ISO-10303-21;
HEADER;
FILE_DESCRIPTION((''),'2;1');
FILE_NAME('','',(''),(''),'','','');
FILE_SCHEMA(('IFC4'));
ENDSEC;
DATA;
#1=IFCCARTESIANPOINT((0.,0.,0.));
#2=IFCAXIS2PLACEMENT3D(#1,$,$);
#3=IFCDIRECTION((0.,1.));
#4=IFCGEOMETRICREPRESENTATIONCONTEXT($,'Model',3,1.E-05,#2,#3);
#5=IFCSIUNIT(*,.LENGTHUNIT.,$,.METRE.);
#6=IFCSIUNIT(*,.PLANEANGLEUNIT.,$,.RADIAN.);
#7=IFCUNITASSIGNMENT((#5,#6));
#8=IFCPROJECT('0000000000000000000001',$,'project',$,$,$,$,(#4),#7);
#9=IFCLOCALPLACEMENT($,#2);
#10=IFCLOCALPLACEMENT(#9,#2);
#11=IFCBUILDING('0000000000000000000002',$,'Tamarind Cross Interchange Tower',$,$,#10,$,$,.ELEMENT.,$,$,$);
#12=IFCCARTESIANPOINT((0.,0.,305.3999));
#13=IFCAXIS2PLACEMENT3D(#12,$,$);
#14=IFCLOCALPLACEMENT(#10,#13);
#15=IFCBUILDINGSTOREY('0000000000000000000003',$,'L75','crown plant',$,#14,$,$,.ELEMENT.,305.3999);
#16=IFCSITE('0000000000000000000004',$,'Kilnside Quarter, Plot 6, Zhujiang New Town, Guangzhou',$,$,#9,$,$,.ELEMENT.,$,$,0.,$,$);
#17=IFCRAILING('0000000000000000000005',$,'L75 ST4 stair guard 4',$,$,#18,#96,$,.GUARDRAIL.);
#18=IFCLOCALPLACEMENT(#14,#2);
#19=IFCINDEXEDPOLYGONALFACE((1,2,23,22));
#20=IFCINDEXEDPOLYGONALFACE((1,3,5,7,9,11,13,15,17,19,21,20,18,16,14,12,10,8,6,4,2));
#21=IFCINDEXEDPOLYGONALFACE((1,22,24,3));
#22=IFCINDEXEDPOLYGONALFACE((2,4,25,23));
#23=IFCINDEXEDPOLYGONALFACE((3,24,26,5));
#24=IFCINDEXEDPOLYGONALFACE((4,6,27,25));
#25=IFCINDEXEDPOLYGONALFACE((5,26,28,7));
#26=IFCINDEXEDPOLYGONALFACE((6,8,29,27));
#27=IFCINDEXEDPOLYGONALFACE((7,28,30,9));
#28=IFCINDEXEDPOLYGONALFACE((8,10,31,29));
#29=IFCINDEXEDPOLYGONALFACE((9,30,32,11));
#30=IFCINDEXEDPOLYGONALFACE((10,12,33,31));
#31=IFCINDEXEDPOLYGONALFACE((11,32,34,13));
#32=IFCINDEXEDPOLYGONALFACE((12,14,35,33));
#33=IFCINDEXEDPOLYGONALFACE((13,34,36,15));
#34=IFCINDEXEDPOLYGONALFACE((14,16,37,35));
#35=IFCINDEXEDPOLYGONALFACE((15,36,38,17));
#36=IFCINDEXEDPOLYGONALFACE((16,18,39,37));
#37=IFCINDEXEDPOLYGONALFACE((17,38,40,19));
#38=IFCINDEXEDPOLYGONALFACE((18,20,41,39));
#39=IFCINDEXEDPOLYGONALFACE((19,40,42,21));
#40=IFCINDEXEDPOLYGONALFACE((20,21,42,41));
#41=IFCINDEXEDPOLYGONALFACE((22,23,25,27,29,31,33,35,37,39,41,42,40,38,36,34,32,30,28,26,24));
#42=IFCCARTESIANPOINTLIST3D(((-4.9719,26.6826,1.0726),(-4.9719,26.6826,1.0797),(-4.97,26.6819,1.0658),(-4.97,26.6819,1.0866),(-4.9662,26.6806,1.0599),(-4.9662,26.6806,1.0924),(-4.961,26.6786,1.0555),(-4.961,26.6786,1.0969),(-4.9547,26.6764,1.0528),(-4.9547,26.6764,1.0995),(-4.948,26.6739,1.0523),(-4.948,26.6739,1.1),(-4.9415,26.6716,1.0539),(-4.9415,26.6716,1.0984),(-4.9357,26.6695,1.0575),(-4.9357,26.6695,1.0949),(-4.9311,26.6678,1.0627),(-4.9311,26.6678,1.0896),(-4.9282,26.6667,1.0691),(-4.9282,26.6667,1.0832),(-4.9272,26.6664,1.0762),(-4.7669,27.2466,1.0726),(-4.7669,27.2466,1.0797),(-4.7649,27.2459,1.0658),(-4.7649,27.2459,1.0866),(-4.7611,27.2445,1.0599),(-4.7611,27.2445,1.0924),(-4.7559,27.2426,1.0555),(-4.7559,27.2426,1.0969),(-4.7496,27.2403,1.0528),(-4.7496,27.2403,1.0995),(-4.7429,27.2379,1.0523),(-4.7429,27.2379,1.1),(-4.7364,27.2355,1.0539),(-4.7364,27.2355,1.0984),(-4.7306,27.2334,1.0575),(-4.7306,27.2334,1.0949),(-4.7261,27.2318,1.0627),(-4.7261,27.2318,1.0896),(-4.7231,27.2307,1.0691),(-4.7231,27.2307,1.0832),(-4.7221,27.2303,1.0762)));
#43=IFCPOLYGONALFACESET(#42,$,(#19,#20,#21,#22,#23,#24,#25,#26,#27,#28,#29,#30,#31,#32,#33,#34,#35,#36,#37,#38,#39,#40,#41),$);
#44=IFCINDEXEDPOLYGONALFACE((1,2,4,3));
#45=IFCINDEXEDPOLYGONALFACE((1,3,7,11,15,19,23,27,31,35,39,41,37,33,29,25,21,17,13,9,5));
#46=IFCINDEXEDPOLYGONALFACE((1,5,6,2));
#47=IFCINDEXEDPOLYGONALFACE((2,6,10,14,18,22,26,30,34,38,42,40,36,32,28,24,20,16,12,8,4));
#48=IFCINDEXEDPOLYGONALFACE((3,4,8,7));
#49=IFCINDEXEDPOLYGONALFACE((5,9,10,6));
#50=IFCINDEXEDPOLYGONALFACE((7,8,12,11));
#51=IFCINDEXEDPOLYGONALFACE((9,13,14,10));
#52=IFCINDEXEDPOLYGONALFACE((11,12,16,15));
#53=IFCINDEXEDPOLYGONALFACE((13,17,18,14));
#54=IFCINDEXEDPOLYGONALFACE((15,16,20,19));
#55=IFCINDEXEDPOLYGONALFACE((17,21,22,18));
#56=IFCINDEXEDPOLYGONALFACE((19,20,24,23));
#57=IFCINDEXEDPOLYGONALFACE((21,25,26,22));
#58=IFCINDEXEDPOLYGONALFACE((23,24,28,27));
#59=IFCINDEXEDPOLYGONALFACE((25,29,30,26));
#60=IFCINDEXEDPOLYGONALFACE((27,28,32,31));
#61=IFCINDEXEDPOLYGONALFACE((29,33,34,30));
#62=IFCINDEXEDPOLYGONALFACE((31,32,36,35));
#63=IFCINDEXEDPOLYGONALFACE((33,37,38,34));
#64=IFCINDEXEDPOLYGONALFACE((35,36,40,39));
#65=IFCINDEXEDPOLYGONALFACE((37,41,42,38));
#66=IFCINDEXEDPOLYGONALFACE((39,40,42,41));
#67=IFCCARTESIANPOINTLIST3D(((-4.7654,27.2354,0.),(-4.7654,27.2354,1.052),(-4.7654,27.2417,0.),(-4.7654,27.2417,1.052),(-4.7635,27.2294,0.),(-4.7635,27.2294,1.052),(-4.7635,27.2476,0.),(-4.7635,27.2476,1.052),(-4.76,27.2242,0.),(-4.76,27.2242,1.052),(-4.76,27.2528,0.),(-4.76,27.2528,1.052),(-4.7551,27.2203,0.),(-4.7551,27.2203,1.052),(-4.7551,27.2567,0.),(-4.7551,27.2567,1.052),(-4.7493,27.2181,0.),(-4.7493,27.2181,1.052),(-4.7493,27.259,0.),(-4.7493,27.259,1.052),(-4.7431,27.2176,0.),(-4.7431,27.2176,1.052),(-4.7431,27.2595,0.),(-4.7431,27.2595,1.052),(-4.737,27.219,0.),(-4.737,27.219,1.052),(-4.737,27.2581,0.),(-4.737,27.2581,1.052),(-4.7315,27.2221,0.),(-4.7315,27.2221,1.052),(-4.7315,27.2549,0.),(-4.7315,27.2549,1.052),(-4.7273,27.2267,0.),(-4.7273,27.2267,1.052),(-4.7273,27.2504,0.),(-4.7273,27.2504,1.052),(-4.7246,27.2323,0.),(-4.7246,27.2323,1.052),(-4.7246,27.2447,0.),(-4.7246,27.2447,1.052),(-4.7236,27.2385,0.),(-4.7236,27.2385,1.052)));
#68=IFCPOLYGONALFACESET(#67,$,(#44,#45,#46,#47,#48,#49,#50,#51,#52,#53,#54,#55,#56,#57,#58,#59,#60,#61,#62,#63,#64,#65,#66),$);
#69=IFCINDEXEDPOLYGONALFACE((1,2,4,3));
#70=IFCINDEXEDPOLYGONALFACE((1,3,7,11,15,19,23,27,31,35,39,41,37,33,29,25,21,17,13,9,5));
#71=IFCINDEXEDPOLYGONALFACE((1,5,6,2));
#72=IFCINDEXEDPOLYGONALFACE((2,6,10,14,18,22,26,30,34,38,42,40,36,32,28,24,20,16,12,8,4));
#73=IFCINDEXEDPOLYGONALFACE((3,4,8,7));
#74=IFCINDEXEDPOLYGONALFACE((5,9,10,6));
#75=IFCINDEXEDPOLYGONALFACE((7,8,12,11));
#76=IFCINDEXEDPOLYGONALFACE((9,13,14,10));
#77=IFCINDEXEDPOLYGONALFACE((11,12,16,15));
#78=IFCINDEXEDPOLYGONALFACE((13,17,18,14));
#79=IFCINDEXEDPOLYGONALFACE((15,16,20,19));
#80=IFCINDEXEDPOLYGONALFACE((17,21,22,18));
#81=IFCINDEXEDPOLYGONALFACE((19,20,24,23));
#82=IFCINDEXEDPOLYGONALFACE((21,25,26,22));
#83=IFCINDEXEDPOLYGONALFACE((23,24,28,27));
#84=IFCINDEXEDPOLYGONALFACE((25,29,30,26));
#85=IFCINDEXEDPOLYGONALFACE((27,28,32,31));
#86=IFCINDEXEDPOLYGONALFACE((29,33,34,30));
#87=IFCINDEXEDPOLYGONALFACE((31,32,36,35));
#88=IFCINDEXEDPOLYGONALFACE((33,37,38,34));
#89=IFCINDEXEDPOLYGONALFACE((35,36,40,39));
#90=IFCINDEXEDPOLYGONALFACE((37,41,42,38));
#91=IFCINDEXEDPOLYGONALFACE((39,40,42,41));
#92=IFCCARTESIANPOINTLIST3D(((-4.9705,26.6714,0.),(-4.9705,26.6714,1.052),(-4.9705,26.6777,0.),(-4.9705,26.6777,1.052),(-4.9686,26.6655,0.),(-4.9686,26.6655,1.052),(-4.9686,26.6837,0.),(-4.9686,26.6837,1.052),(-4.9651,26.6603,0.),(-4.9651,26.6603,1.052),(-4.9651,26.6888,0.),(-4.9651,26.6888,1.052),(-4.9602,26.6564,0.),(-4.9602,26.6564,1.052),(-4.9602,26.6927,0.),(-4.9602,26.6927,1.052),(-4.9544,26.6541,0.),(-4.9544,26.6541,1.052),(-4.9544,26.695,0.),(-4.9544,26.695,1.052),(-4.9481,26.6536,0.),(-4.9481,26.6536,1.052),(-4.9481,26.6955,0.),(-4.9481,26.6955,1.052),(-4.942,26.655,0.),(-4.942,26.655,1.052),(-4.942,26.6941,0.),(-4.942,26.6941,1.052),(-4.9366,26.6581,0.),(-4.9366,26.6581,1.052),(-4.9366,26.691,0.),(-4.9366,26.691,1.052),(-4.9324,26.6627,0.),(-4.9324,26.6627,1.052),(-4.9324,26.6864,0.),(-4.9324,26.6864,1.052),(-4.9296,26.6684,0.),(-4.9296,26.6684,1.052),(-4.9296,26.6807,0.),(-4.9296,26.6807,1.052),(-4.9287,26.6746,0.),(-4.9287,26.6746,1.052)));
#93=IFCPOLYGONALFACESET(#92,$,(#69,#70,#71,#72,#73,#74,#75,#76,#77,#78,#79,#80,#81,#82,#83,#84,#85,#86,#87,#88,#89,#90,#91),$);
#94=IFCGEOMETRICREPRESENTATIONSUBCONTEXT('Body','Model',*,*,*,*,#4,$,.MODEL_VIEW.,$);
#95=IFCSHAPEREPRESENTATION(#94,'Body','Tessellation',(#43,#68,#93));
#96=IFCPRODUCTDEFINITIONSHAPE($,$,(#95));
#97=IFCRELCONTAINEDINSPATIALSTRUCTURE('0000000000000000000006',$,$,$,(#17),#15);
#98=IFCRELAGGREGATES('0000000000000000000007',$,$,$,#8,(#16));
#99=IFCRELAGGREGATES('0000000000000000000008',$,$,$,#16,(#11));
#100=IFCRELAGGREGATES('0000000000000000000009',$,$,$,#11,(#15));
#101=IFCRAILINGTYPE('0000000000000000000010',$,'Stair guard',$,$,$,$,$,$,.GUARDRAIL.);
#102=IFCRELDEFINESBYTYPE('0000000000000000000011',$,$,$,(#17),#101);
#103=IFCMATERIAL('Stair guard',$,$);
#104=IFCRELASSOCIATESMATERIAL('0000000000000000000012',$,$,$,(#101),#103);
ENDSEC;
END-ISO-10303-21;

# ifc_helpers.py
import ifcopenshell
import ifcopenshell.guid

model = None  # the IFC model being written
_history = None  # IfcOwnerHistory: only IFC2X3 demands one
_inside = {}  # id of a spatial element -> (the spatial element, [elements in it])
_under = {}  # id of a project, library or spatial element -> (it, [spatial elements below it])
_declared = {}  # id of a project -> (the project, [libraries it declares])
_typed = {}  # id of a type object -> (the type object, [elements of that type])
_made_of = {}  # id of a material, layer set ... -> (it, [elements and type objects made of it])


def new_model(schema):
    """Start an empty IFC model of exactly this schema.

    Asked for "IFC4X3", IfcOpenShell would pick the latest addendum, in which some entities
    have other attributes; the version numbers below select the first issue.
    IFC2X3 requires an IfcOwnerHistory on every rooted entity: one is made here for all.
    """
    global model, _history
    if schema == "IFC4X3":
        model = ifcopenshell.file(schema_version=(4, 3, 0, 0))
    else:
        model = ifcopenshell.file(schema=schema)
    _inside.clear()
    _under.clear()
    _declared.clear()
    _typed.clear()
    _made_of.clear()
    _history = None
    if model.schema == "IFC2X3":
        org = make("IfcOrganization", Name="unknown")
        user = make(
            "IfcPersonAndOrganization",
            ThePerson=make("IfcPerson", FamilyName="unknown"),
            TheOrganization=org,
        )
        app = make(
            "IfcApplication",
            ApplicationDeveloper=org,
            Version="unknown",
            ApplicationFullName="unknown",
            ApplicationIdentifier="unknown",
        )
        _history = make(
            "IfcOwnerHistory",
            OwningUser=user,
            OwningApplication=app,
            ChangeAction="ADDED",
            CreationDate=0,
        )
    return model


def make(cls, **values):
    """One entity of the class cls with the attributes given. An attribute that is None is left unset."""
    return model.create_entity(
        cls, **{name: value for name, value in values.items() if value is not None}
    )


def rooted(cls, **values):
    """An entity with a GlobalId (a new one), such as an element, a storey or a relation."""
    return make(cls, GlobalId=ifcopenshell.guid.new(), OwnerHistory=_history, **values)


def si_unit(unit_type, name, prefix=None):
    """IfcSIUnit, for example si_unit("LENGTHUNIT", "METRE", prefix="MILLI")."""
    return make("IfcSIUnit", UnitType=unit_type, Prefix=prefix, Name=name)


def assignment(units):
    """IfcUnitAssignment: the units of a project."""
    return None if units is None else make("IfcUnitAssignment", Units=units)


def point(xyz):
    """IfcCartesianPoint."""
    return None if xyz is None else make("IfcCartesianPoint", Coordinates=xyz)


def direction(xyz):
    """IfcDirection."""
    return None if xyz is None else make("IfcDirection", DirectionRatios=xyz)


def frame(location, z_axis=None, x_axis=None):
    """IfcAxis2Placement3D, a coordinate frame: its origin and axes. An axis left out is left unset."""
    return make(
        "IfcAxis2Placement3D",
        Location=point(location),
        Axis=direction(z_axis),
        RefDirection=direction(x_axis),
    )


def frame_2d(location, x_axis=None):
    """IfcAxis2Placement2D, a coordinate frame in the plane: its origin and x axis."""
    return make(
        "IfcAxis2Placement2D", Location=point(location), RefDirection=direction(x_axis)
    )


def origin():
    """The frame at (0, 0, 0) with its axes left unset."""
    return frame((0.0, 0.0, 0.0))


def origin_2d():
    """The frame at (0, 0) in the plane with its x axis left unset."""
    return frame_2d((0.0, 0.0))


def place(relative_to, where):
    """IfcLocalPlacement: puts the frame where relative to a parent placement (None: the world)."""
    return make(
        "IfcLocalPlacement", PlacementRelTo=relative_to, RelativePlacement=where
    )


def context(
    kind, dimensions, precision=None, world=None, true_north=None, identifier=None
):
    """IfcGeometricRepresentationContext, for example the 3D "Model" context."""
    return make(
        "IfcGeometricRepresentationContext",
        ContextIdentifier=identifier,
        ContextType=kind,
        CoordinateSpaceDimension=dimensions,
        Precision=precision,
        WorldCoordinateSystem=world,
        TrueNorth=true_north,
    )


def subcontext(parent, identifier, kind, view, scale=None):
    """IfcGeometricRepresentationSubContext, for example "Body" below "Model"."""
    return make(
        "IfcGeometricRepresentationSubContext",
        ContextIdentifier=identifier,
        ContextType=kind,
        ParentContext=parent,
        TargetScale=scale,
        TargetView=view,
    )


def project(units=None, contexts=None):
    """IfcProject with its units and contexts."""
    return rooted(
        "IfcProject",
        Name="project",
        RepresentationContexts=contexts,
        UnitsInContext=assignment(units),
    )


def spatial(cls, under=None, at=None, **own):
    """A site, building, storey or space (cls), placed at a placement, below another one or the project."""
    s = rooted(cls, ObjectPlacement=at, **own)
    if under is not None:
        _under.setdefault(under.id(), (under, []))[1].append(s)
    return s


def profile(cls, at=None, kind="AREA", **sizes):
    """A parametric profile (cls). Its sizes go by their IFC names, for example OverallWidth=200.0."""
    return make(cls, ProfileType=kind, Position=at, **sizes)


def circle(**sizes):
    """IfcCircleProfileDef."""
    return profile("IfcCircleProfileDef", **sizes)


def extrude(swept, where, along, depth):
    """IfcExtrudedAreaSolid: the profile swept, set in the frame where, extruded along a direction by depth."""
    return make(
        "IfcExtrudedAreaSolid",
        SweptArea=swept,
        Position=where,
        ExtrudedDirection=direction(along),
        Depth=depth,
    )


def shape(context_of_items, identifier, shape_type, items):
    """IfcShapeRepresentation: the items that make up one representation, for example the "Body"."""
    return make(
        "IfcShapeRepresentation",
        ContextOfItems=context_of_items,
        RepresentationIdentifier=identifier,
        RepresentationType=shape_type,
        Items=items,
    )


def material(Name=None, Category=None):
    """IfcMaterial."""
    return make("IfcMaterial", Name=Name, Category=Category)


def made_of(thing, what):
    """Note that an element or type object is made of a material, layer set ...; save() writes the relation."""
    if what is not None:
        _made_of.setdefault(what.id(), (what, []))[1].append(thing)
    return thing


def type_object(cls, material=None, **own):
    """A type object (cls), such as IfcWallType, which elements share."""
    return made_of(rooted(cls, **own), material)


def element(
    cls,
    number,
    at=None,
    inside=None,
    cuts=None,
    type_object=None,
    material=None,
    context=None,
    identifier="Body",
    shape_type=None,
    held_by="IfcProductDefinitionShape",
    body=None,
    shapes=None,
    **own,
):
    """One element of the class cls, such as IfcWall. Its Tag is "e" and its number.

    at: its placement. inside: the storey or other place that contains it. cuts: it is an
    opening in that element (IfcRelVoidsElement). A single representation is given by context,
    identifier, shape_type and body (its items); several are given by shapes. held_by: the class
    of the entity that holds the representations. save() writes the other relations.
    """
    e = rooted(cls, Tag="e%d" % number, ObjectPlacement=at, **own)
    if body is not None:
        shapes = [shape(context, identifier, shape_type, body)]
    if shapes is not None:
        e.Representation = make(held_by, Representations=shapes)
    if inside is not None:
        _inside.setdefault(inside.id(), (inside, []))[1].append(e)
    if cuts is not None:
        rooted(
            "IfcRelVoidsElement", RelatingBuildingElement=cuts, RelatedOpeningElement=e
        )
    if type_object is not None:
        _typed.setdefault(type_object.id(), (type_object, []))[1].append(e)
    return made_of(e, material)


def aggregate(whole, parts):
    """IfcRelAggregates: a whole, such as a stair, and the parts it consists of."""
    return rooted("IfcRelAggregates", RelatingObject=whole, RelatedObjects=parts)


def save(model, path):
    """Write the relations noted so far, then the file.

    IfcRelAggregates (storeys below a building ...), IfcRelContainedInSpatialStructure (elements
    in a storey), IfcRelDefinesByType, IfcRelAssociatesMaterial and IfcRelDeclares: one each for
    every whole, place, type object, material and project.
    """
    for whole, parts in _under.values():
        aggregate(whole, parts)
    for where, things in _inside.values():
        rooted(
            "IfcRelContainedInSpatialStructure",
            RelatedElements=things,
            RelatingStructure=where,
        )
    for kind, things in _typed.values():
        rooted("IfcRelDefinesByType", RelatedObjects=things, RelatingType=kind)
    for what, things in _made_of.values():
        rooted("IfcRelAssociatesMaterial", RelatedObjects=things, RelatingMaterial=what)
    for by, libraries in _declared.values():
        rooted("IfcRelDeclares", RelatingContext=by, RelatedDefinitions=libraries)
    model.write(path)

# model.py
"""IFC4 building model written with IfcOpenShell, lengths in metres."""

from ifc_helpers import new_model, si_unit, direction, frame, origin, origin_2d, place, context, subcontext, project, spatial, circle, extrude, material, type_object, element, save


model = new_model("IFC4")

# Units and contexts
model_context = context("Model", 3, precision=1e-05, world=origin(), true_north=direction((0.0, 1.0)))
body_context = subcontext(model_context, "Body", "Model", "MODEL_VIEW")
ifc_project = project(units=[si_unit("LENGTHUNIT", "METRE"), si_unit("PLANEANGLEUNIT", "RADIAN")], contexts=[model_context])

# Site, building, storey
site_placement = place(None, origin())
site = spatial("IfcSite", under=ifc_project, at=site_placement, Name="Kilnside Quarter, Plot 6, Zhujiang New Town, Guangzhou", CompositionType="ELEMENT", RefElevation=0.0)
building_placement = place(site_placement, origin())
building = spatial("IfcBuilding", under=site, at=building_placement, Name="Tamarind Cross Interchange Tower", CompositionType="ELEMENT")
storey_placement = place(building_placement, frame((0.0, 0.0, 305.3999)))
storey = spatial("IfcBuildingStorey", under=building, at=storey_placement, Name="L75", Description="crown plant", CompositionType="ELEMENT", Elevation=305.3999)

# Railing
ifc_material_1 = material(Name="Stair guard")
railing_type_1 = type_object("IfcRailingType", Name="Stair guard", PredefinedType="GUARDRAIL", material=ifc_material_1)
railing_1_placement = place(storey_placement, frame((-4.7446, 27.2385, 0.0)))
element("IfcRailing", 1, at=railing_1_placement, inside=storey, type_object=railing_type_1, Name="L75 ST4 stair guard 4", PredefinedType="GUARDRAIL", context=body_context, shape_type="SweptSolid", body=[
    extrude(circle(Radius=0.0239, at=origin_2d()), frame((0.0, 0.0, 1.0762), z_axis=(-0.341743, -0.939793, 0.0), x_axis=(0.939793, -0.341743, 0.0)), (0.0, 0.0, 1.0), 0.6001),
    extrude(circle(Radius=0.021, at=origin_2d()), origin(), (0.0, 0.0, 1.0), 1.052),
    extrude(circle(Radius=0.021, at=origin_2d()), frame((-0.2051, -0.564, 0.0)), (0.0, 0.0, 1.0), 1.052),
])

save(model, "model.ifc")
